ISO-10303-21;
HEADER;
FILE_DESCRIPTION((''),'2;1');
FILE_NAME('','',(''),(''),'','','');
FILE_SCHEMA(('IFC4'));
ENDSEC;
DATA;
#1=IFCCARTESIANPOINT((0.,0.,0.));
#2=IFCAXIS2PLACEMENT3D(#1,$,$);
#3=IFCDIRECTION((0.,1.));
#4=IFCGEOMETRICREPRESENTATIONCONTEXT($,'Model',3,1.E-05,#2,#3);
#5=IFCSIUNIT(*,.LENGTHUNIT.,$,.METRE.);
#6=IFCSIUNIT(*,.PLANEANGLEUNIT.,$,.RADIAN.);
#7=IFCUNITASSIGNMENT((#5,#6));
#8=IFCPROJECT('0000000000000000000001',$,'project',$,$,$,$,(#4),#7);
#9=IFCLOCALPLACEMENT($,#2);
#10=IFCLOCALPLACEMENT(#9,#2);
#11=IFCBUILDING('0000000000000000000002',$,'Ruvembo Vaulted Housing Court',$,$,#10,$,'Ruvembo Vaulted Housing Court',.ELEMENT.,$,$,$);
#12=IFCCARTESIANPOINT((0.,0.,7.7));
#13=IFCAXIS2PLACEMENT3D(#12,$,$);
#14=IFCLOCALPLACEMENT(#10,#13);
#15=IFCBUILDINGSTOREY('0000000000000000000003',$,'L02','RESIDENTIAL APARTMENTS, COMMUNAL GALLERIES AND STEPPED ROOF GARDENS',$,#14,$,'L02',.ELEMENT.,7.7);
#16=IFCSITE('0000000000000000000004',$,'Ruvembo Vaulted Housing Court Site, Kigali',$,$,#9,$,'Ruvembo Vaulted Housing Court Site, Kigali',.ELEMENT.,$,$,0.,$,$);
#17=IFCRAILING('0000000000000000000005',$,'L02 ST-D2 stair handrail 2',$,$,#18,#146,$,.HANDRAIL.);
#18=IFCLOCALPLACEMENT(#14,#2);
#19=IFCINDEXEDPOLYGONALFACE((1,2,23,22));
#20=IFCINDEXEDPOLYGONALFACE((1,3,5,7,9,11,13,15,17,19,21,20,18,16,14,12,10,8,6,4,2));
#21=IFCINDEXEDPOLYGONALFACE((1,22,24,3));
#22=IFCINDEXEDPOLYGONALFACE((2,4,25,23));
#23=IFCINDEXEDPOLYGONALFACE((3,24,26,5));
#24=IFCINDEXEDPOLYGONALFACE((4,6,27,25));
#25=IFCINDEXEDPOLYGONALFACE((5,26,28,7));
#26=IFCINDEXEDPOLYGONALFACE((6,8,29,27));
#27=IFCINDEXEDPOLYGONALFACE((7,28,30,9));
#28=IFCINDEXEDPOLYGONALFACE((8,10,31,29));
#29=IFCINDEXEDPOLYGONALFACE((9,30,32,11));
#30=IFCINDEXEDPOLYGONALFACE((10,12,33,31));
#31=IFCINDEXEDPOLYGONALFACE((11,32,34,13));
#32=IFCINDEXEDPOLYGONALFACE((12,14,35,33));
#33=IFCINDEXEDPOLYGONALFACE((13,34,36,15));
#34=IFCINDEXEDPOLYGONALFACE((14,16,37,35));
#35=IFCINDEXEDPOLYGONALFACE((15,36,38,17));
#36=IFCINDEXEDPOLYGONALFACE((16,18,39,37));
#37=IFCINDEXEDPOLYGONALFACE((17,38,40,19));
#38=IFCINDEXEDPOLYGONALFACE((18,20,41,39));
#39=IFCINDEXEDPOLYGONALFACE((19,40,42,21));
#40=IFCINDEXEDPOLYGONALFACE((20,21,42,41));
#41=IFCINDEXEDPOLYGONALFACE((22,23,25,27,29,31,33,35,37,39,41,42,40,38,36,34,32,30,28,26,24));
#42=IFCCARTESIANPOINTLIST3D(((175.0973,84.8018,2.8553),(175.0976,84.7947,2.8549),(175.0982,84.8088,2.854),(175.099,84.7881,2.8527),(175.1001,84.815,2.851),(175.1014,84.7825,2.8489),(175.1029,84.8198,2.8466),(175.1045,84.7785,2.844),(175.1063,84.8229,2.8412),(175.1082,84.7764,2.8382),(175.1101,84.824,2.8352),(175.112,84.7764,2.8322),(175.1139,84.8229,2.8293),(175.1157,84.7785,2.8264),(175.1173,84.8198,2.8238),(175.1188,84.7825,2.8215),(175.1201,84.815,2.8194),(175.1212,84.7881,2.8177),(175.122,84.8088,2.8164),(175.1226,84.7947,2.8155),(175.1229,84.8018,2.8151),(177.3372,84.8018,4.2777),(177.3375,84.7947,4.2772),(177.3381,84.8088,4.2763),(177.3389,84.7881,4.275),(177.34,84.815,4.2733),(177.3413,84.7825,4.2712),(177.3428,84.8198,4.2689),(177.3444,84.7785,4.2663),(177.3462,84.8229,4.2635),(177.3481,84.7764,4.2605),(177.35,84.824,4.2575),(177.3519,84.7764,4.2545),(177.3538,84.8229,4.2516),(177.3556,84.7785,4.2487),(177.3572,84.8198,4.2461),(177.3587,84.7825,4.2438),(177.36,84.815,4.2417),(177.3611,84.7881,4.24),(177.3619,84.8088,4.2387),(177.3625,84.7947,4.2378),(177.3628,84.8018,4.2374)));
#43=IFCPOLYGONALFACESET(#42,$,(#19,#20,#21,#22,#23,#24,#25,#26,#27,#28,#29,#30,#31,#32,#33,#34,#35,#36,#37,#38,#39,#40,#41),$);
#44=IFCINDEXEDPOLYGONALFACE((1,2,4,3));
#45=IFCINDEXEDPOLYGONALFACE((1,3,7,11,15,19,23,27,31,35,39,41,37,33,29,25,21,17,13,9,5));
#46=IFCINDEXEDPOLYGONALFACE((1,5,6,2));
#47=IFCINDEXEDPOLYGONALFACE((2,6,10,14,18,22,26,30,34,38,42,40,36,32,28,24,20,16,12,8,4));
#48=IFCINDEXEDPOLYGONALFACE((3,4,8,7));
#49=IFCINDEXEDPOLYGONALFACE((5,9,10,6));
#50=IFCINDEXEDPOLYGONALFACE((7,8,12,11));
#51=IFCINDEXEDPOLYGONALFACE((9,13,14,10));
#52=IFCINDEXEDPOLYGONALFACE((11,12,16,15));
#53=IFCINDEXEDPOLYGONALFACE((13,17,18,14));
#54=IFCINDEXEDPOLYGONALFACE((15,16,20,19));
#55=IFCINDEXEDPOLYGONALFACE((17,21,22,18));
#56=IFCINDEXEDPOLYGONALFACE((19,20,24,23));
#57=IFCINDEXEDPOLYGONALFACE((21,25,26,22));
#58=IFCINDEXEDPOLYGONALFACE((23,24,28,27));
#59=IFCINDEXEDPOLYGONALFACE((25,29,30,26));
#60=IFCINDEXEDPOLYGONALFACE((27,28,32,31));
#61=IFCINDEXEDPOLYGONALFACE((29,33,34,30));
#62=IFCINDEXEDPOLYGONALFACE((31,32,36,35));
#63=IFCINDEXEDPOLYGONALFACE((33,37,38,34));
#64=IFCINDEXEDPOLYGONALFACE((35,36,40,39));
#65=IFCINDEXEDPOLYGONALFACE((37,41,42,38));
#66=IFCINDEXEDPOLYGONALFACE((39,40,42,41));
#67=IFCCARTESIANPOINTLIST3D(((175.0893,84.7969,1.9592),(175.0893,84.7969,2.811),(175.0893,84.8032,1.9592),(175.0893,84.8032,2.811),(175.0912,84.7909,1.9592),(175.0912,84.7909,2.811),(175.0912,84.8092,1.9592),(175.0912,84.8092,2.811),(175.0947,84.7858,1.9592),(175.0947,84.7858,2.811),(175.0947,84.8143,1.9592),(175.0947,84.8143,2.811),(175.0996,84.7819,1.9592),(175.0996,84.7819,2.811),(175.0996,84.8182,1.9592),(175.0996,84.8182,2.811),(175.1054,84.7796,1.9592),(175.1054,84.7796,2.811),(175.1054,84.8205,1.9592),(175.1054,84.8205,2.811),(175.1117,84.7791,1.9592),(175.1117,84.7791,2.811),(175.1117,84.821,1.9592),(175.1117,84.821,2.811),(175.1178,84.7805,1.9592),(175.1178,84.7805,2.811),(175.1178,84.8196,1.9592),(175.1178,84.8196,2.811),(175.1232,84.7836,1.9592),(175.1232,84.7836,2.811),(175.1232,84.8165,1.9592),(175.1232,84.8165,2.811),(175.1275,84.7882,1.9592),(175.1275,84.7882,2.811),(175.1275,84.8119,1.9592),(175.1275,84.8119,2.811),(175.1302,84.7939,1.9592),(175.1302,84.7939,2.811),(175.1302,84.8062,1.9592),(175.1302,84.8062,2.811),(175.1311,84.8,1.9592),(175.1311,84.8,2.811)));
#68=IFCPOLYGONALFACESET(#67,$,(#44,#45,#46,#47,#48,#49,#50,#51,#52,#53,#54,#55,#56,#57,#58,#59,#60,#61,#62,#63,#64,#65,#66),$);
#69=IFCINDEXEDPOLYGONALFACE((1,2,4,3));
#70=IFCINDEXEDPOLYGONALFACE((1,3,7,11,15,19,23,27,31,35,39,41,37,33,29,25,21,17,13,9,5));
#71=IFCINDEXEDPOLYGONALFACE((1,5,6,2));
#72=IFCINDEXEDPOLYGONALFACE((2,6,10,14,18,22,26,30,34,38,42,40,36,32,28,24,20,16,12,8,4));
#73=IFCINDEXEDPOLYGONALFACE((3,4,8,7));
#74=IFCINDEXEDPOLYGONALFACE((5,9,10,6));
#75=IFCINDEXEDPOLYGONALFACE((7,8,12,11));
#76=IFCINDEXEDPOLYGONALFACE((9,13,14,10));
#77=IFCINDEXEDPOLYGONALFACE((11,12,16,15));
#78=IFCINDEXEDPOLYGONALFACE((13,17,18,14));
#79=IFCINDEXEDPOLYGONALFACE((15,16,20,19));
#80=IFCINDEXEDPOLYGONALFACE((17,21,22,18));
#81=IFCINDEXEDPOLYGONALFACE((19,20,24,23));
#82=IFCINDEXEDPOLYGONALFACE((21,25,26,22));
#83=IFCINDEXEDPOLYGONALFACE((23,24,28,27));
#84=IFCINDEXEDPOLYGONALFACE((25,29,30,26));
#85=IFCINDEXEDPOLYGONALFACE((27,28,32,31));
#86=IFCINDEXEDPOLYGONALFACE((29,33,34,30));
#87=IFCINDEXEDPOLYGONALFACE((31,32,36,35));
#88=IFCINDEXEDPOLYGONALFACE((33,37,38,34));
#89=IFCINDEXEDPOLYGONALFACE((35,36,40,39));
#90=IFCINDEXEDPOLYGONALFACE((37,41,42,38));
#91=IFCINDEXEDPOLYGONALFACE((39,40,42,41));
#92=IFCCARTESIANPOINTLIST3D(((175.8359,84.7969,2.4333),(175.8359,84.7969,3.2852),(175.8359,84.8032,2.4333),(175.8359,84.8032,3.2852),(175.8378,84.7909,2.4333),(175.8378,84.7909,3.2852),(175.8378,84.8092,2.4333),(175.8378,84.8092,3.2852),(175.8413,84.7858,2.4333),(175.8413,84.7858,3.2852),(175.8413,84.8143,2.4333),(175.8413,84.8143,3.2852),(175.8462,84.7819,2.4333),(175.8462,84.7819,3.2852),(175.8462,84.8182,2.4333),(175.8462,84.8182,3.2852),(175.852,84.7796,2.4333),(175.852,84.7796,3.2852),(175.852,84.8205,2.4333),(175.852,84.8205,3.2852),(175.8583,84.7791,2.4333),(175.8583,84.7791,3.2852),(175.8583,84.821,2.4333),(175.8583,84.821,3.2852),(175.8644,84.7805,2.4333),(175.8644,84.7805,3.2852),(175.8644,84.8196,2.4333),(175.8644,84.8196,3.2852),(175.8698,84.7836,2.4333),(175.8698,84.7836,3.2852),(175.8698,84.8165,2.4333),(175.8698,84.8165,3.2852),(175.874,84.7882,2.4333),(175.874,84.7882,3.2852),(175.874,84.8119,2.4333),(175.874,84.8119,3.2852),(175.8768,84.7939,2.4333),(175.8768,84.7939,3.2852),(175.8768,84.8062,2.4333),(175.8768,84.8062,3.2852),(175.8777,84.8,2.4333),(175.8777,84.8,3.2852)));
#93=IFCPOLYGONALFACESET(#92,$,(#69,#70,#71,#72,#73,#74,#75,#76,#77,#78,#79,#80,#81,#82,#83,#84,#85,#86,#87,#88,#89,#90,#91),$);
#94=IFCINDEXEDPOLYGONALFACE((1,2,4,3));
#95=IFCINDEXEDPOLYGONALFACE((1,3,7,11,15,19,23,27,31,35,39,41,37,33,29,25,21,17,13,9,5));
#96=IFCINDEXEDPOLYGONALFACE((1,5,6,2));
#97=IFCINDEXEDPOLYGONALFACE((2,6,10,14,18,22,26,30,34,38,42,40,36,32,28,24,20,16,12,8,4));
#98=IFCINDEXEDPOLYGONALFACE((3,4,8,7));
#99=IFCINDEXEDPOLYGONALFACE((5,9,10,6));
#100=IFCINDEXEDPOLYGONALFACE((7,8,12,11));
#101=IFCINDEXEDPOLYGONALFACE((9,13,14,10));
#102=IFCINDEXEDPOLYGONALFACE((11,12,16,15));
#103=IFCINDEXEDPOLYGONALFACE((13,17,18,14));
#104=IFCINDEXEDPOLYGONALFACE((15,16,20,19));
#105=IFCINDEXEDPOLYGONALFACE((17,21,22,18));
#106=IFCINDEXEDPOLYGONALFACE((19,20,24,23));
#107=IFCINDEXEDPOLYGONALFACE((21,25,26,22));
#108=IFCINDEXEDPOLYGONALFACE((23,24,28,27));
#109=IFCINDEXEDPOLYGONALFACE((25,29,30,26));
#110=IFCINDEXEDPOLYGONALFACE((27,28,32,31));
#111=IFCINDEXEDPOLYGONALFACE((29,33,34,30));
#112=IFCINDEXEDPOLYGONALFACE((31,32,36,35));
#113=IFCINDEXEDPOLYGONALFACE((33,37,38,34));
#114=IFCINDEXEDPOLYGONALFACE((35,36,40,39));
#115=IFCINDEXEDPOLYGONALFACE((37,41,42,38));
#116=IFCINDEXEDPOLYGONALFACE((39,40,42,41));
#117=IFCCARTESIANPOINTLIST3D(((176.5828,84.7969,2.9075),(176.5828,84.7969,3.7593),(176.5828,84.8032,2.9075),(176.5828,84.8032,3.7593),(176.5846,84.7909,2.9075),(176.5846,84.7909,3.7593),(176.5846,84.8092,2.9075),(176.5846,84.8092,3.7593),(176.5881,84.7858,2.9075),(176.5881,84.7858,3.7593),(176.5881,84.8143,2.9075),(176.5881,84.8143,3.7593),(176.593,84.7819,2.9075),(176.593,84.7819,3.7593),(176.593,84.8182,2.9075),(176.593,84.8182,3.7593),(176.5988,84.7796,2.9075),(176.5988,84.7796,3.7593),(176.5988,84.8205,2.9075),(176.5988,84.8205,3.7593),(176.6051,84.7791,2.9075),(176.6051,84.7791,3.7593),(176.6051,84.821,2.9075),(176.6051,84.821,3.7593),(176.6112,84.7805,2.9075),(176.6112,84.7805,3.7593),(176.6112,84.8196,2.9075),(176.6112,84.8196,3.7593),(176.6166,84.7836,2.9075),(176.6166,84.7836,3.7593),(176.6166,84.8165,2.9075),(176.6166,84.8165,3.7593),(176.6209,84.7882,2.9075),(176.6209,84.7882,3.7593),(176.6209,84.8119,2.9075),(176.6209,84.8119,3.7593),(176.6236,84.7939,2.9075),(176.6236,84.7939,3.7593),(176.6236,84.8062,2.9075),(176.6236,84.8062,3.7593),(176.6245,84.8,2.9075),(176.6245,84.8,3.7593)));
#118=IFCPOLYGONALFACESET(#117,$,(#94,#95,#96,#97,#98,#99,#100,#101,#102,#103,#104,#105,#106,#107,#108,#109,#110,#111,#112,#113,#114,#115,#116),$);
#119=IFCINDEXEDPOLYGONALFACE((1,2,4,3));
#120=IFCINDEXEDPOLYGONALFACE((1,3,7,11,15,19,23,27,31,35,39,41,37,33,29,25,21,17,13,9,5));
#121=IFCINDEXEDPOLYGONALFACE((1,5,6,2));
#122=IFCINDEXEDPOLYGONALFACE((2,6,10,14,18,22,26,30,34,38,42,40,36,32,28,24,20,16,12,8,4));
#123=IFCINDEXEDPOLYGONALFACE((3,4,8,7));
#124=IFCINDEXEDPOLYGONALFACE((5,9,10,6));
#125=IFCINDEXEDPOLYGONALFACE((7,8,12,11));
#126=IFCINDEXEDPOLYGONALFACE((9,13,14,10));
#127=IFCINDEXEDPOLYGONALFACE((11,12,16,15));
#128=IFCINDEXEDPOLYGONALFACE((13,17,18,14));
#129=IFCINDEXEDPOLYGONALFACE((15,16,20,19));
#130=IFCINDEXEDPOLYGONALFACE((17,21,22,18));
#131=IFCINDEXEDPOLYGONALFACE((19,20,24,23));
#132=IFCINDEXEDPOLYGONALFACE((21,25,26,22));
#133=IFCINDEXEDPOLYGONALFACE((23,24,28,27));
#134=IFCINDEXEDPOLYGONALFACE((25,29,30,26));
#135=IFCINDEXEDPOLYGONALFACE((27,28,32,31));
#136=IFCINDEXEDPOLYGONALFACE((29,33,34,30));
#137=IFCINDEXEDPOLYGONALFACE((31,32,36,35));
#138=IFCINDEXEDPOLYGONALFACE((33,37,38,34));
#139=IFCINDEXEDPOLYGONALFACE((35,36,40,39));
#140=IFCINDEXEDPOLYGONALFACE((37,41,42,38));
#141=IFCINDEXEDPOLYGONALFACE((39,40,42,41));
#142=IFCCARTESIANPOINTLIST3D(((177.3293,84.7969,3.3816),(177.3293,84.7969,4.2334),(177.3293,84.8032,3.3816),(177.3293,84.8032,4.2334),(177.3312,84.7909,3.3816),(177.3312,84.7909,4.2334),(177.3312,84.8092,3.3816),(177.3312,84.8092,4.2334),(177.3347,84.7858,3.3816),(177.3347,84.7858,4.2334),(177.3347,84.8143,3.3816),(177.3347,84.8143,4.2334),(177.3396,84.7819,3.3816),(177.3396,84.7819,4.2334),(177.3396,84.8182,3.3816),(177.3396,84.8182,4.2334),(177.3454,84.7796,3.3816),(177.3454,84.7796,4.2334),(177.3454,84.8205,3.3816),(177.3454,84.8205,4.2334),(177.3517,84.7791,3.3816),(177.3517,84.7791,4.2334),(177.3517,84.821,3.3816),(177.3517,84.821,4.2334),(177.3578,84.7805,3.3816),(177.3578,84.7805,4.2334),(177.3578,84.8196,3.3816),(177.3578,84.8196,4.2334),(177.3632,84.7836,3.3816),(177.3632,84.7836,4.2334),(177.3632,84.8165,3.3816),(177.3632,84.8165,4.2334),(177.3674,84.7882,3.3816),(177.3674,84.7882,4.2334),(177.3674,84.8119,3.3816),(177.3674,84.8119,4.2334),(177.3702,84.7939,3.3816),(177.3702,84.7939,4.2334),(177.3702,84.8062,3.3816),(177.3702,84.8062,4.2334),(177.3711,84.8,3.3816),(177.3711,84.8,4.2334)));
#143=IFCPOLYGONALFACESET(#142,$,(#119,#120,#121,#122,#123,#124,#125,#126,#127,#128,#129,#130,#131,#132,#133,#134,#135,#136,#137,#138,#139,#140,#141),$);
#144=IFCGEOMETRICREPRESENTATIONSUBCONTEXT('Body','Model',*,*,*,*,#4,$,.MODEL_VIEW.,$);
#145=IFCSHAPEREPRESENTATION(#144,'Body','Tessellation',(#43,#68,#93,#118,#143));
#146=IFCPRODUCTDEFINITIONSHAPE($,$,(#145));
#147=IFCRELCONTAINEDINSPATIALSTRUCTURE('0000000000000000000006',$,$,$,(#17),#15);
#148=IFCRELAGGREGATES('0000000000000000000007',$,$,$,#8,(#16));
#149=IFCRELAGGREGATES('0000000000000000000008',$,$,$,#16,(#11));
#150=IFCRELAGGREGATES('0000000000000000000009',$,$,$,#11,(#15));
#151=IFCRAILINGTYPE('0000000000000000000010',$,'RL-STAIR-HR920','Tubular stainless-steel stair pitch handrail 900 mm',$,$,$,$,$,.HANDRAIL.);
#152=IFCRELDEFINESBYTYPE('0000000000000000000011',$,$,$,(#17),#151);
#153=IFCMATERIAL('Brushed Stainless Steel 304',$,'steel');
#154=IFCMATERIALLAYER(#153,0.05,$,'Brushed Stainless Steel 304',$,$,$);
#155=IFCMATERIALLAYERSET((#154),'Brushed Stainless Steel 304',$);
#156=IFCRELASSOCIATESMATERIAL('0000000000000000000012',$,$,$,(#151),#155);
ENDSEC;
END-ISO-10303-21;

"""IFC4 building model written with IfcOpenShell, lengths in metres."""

from ifc_helpers import new_model, si_unit, direction, frame, origin, origin_2d, place, context, subcontext, project, spatial, circle, extrude, material, layer, layer_set, type_object, element, save


model = new_model("IFC4")

# Units and contexts
model_context = context("Model", 3, precision=1e-05, world=origin(), true_north=direction((0.0, 1.0)))
body_context = subcontext(model_context, "Body", "Model", "MODEL_VIEW")
ifc_project = project(units=[si_unit("LENGTHUNIT", "METRE"), si_unit("PLANEANGLEUNIT", "RADIAN")], contexts=[model_context])

# Site, building, storey
site_placement = place(None, origin())
site = spatial("IfcSite", under=ifc_project, at=site_placement, Name="Ruvembo Vaulted Housing Court Site, Kigali", LongName="Ruvembo Vaulted Housing Court Site, Kigali", CompositionType="ELEMENT", RefElevation=0.0)
building_placement = place(site_placement, origin())
building = spatial("IfcBuilding", under=site, at=building_placement, Name="Ruvembo Vaulted Housing Court", LongName="Ruvembo Vaulted Housing Court", CompositionType="ELEMENT")
storey_placement = place(building_placement, frame((0.0, 0.0, 7.7)))
storey = spatial("IfcBuildingStorey", under=building, at=storey_placement, Name="L02", Description="RESIDENTIAL APARTMENTS, COMMUNAL GALLERIES AND STEPPED ROOF GARDENS", LongName="L02", CompositionType="ELEMENT", Elevation=7.7)

# Shared definitions
ifc_material_1 = material(Name="Brushed Stainless Steel 304", Category="steel")

# Railing
ifc_layer_1 = layer(ifc_material_1, 0.05, Name="Brushed Stainless Steel 304")
ifc_layer_set_1 = layer_set([ifc_layer_1], Name="Brushed Stainless Steel 304")
railing_type_1 = type_object("IfcRailingType", Name="RL-STAIR-HR920", Description="Tubular stainless-steel stair pitch handrail 900 mm", PredefinedType="HANDRAIL", material=ifc_layer_set_1)
railing_1_placement = place(storey_placement, frame((175.1101, 84.8, 1.9592)))
element("IfcRailing", 1, at=railing_1_placement, inside=storey, type_object=railing_type_1, Name="L02 ST-D2 stair handrail 2", PredefinedType="HANDRAIL", context=body_context, shape_type="SweptSolid", body=[
    extrude(circle(Radius=0.0239, at=origin_2d()), frame((0.0, 0.0, 0.876), z_axis=(0.844188, 0.0, 0.536048), x_axis=(0.0, 1.0, 0.0)), (0.0, 0.0, 1.0), 2.6533),
    extrude(circle(Radius=0.021, at=origin_2d()), origin(), (0.0, 0.0, 1.0), 0.8518),
    extrude(circle(Radius=0.021, at=origin_2d()), frame((0.7466, 0.0, 0.4741)), (0.0, 0.0, 1.0), 0.8518),
    extrude(circle(Radius=0.021, at=origin_2d()), frame((1.4934, 0.0, 0.9482)), (0.0, 0.0, 1.0), 0.8518),
    extrude(circle(Radius=0.021, at=origin_2d()), frame((2.24, 0.0, 1.4224)), (0.0, 0.0, 1.0), 0.8518),
])

save(model, "model.ifc")
